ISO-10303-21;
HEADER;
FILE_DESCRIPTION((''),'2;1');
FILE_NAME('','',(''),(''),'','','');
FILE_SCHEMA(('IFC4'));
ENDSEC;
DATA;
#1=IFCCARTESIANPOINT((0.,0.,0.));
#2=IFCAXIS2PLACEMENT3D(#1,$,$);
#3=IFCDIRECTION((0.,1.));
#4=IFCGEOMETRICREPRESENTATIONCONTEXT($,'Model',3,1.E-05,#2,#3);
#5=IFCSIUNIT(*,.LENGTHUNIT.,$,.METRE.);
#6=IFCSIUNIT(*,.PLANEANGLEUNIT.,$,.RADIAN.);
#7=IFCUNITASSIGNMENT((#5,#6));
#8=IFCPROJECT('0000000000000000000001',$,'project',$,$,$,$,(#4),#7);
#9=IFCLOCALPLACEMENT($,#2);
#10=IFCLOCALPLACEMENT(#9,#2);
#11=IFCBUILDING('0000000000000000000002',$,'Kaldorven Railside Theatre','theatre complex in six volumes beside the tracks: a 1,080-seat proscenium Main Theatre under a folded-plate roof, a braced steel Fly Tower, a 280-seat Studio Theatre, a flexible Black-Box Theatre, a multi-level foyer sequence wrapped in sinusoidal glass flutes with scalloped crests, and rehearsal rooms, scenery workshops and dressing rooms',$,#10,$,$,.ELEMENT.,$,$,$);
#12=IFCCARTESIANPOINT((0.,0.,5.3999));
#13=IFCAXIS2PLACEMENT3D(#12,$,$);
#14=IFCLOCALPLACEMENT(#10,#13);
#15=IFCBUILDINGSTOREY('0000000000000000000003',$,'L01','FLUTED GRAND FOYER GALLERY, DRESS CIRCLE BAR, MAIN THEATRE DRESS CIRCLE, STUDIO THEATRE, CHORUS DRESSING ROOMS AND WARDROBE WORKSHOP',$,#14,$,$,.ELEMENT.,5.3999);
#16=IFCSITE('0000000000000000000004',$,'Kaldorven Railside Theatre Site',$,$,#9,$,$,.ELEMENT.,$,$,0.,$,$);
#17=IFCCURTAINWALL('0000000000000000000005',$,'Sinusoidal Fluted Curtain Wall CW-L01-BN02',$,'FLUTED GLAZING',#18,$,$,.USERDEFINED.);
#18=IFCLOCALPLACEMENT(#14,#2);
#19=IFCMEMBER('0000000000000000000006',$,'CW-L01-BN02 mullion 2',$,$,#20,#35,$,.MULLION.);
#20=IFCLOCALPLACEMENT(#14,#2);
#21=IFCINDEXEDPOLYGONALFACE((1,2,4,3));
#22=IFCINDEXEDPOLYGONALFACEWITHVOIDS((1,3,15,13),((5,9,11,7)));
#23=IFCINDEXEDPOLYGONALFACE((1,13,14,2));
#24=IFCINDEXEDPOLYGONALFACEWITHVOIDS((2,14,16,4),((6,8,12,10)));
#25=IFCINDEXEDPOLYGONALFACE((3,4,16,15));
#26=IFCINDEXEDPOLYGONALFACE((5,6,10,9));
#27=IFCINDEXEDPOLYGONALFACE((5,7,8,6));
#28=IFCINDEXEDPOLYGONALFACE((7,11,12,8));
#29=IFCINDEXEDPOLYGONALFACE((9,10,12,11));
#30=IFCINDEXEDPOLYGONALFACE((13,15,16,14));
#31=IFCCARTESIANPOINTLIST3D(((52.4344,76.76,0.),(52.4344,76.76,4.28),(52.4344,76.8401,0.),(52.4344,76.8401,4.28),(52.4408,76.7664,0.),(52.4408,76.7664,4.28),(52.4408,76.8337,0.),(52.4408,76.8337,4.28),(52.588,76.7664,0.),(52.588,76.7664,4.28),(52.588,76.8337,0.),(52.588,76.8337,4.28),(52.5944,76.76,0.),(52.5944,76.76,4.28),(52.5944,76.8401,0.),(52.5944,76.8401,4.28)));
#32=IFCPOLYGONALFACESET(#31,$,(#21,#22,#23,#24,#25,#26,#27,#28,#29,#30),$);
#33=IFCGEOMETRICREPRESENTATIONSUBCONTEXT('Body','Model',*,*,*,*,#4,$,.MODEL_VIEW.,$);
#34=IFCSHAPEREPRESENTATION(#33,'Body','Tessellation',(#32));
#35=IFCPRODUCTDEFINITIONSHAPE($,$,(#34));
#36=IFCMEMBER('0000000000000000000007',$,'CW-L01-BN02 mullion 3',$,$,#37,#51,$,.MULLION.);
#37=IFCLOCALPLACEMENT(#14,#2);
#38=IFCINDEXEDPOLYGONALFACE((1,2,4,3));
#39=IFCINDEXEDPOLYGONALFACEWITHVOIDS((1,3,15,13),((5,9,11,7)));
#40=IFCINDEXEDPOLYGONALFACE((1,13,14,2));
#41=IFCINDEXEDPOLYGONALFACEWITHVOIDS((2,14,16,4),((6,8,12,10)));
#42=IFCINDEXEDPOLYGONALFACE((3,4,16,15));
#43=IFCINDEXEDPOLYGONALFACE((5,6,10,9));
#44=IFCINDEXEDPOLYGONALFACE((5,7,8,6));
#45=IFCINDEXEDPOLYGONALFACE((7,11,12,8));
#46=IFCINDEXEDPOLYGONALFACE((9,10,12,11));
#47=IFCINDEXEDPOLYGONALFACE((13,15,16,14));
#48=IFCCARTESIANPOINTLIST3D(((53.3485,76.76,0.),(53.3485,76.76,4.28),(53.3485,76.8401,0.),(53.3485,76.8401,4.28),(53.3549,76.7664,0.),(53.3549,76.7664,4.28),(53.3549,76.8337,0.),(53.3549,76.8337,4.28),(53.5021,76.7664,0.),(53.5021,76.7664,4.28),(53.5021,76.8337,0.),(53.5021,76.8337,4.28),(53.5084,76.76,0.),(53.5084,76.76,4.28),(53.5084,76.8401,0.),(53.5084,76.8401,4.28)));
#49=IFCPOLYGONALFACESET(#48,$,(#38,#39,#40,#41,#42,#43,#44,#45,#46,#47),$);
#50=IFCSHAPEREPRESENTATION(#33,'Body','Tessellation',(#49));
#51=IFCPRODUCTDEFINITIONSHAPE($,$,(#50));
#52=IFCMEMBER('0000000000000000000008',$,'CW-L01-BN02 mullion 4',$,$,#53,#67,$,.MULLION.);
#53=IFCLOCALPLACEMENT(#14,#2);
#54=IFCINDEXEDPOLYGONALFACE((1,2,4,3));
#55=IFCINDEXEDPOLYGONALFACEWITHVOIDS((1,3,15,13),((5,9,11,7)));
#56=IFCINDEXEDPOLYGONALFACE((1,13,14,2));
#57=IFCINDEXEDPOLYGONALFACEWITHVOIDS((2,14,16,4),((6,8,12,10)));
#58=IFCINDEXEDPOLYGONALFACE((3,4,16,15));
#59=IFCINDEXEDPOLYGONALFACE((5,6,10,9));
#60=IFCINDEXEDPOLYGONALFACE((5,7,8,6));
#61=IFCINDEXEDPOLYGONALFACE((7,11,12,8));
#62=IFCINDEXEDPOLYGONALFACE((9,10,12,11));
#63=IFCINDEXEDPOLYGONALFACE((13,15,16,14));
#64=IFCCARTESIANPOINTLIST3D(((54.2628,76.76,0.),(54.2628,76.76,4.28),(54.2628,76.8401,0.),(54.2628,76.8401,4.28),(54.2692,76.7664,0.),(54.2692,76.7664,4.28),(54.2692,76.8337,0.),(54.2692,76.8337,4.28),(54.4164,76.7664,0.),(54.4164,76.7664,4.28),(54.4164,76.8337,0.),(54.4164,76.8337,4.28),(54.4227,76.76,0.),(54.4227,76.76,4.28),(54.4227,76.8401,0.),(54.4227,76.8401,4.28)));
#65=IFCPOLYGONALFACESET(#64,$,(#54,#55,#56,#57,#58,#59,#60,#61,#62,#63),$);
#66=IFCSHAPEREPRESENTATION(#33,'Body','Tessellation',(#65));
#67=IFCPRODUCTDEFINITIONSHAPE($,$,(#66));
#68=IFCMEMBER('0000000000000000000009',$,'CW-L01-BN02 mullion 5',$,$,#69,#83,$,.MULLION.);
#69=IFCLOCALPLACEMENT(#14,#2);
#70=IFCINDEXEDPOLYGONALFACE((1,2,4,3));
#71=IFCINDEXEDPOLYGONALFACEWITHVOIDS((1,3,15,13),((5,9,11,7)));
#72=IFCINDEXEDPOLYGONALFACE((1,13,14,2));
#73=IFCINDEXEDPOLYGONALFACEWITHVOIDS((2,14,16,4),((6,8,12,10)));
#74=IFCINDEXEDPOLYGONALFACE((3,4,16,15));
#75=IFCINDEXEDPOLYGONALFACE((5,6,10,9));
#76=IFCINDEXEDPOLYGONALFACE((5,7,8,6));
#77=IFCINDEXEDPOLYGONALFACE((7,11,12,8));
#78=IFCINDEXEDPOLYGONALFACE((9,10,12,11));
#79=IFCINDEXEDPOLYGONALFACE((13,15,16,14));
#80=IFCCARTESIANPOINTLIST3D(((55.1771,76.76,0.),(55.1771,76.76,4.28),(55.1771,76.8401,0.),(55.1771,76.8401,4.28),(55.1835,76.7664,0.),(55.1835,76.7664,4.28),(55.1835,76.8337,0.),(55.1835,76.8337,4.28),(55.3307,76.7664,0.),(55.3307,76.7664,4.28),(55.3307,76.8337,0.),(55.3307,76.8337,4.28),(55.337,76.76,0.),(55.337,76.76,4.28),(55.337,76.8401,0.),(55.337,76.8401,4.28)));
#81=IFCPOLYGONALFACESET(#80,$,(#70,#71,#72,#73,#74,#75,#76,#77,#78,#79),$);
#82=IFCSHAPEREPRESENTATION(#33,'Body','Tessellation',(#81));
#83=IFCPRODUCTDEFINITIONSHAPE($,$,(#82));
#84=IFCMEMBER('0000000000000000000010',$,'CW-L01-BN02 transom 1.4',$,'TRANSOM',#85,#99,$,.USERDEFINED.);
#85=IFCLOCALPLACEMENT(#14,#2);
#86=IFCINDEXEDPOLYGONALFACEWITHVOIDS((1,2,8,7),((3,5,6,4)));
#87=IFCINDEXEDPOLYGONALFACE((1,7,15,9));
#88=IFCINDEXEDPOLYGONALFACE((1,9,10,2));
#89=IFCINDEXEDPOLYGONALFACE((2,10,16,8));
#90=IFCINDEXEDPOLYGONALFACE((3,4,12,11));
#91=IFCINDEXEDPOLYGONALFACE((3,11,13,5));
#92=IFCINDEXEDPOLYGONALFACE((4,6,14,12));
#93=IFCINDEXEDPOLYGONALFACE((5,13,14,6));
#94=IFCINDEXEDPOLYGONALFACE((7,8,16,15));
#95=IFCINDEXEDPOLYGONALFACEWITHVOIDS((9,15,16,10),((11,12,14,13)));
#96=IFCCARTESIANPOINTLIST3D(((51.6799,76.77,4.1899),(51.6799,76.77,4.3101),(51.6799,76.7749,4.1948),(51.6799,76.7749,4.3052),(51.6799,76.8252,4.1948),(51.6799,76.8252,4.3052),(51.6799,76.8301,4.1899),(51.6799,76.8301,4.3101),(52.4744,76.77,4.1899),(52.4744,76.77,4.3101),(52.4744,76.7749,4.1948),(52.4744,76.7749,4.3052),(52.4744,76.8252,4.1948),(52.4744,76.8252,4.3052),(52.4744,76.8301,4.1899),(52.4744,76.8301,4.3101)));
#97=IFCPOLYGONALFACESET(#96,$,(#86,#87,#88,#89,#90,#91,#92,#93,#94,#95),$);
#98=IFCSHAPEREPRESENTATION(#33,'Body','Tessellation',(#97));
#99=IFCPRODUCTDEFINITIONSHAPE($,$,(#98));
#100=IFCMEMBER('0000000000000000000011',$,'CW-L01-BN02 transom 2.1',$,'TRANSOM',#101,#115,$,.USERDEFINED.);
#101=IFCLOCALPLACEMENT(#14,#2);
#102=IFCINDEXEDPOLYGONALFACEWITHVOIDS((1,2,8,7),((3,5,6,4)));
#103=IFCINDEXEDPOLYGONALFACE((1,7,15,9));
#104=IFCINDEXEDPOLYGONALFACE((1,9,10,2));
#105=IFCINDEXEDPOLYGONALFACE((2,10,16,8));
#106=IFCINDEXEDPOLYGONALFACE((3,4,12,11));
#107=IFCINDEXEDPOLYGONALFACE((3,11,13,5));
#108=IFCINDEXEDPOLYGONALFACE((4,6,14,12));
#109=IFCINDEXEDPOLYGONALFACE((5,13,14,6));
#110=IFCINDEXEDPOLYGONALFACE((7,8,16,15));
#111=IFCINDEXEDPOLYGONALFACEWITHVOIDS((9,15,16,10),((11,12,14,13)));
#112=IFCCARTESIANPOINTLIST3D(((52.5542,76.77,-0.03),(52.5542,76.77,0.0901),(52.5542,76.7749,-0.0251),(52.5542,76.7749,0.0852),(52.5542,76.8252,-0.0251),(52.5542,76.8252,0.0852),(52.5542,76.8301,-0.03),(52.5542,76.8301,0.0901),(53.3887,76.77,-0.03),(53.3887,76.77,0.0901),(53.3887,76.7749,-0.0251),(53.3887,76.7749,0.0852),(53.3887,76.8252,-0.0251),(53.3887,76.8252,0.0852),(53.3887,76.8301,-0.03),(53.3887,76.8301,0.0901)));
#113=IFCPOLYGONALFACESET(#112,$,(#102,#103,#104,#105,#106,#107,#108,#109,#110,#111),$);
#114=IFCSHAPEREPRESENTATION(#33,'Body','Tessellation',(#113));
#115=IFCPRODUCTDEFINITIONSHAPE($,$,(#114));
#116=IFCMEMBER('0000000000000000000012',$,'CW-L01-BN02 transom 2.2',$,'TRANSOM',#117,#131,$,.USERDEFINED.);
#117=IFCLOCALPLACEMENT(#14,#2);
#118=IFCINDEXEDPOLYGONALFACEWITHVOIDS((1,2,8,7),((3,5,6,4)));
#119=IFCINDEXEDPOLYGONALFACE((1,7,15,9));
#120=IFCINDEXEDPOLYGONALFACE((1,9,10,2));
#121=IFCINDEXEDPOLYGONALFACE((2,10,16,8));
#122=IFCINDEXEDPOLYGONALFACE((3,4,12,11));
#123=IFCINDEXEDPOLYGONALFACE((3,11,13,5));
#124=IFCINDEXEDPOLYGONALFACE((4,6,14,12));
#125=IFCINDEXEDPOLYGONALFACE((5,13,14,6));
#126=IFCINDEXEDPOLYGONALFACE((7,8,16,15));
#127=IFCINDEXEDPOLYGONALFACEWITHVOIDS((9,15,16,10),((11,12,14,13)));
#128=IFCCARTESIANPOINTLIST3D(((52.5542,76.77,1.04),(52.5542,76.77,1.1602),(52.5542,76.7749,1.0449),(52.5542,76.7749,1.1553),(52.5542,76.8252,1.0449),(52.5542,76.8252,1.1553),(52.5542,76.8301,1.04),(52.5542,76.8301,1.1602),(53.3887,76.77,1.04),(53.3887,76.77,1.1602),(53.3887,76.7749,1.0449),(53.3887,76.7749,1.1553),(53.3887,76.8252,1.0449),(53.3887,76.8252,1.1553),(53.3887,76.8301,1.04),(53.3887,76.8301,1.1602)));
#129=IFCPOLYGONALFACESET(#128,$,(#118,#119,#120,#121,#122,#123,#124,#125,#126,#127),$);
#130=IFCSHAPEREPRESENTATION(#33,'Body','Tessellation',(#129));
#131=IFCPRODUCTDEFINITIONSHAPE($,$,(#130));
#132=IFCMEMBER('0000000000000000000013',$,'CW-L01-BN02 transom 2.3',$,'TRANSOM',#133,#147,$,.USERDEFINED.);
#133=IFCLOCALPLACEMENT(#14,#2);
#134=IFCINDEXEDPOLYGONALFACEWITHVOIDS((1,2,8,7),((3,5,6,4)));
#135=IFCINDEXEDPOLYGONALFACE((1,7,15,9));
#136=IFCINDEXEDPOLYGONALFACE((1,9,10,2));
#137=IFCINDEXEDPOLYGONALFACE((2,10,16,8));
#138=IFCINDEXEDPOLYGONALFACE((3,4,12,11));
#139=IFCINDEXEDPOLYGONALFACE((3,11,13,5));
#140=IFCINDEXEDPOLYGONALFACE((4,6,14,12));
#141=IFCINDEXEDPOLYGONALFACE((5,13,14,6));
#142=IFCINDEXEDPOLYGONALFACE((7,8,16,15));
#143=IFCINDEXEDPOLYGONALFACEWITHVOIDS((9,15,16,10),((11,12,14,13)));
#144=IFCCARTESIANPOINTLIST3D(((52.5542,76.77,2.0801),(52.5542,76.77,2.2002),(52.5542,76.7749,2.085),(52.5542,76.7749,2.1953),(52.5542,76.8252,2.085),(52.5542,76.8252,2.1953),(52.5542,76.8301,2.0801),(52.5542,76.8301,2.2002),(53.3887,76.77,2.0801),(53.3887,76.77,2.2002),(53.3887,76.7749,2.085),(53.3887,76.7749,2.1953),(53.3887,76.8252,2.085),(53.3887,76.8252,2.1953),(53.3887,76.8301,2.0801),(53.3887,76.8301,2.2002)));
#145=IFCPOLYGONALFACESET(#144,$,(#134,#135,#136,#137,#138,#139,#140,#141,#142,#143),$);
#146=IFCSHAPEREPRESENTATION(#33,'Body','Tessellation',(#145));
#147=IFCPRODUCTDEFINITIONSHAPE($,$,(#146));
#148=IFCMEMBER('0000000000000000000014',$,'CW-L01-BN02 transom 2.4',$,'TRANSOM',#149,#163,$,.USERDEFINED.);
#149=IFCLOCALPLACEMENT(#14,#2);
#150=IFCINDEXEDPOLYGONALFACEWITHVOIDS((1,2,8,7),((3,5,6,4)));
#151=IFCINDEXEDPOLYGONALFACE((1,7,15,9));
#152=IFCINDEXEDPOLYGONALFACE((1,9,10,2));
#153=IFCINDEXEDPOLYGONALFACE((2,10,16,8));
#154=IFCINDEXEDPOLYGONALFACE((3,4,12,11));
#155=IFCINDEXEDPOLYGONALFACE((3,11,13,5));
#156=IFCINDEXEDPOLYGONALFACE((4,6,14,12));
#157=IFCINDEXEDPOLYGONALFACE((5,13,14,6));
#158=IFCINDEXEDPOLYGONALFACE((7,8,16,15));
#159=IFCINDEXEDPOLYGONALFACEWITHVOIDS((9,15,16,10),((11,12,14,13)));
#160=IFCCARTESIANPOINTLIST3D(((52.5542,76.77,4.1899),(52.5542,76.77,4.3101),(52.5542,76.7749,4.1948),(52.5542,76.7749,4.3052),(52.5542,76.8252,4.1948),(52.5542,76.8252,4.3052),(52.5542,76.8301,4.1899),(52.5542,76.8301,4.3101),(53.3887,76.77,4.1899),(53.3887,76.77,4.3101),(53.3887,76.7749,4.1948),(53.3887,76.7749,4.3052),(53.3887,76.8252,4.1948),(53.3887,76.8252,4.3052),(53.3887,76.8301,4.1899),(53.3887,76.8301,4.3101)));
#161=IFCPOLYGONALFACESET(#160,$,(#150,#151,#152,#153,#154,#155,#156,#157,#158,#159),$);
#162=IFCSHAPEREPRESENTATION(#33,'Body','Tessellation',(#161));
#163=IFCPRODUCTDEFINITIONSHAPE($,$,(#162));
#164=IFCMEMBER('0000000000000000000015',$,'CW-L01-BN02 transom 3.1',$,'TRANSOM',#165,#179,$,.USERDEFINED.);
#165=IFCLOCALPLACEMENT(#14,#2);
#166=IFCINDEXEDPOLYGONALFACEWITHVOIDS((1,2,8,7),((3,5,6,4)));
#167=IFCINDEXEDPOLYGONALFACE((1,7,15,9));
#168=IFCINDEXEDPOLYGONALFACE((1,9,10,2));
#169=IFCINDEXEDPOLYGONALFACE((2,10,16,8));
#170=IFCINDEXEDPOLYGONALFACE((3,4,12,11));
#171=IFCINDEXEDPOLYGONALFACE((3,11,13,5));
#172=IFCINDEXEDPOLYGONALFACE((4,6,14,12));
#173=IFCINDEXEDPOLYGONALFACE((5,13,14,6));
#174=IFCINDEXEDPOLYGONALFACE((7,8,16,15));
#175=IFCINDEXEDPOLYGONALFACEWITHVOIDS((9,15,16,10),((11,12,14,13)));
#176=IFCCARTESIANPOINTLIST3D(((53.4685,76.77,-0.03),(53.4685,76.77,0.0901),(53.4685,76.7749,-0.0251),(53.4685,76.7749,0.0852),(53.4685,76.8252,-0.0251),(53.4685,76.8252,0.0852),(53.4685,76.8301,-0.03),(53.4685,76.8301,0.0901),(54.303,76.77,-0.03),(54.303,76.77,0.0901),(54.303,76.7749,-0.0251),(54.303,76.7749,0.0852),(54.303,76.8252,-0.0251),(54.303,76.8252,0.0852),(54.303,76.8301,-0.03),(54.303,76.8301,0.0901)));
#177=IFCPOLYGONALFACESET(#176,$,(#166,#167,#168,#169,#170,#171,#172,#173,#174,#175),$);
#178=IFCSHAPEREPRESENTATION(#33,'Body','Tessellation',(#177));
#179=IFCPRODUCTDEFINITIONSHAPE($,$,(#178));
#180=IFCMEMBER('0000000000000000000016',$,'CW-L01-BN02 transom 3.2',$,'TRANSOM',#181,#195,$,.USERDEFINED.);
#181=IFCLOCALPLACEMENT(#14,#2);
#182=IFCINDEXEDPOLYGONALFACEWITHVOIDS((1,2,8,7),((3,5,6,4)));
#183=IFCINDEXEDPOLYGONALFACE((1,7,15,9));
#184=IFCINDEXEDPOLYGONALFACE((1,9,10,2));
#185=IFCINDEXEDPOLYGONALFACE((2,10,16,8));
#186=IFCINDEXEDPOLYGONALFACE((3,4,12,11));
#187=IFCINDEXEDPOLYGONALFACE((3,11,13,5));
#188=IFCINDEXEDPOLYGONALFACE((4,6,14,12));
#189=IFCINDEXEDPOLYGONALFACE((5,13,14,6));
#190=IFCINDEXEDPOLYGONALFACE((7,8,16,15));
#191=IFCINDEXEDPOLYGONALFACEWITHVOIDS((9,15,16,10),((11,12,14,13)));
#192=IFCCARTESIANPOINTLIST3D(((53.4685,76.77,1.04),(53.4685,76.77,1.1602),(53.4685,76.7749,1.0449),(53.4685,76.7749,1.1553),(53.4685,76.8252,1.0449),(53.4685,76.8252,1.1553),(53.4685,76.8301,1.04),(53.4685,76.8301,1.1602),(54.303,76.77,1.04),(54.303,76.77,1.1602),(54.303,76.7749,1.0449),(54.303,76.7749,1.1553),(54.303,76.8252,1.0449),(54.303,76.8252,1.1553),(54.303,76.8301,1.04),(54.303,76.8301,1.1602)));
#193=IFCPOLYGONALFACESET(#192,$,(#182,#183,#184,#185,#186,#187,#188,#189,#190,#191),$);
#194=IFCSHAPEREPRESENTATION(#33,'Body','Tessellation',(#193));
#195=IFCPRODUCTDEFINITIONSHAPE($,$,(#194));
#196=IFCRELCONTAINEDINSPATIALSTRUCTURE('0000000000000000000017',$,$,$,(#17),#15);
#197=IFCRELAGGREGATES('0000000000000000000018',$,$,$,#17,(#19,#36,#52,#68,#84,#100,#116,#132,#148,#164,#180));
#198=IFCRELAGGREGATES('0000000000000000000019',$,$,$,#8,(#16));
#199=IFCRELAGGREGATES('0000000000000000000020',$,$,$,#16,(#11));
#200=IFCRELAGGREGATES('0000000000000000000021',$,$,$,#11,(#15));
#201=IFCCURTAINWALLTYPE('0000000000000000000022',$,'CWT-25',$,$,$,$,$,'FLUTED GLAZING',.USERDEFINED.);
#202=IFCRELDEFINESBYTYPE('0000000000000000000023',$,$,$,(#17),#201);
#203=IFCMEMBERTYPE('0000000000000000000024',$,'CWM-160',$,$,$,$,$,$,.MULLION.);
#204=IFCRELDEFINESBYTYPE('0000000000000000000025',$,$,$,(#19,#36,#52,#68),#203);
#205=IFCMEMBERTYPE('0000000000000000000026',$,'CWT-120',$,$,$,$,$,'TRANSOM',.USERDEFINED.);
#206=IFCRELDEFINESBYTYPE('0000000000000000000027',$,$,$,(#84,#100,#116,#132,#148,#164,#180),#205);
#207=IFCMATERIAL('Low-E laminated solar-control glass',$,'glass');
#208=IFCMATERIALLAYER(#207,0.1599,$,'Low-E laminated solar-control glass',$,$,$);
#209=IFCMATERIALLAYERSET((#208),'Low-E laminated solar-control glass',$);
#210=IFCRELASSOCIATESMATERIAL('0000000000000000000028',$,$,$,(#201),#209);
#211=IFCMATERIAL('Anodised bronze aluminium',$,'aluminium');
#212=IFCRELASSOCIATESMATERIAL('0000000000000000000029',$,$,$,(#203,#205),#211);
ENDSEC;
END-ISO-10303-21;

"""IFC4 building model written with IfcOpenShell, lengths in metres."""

from ifc_helpers import new_model, si_unit, direction, frame, origin, origin_2d, place, context, subcontext, project, spatial, hollow_rectangle, extrude, material, layer, layer_set, material_profile, profile_set, type_object, element, aggregate, save


model = new_model("IFC4")

# Units and contexts
model_context = context("Model", 3, precision=1e-05, world=origin(), true_north=direction((0.0, 1.0)))
body_context = subcontext(model_context, "Body", "Model", "MODEL_VIEW")
ifc_project = project(units=[si_unit("LENGTHUNIT", "METRE"), si_unit("PLANEANGLEUNIT", "RADIAN")], contexts=[model_context])

# Site, building, storey
site_placement = place(None, origin())
site = spatial("IfcSite", under=ifc_project, at=site_placement, Name="Kaldorven Railside Theatre Site", CompositionType="ELEMENT", RefElevation=0.0)
building_placement = place(site_placement, origin())
building = spatial("IfcBuilding", under=site, at=building_placement, Name="Kaldorven Railside Theatre", Description="theatre complex in six volumes beside the tracks: a 1,080-seat proscenium Main Theatre under a folded-plate roof, a braced steel Fly Tower, a 280-seat Studio Theatre, a flexible Black-Box Theatre, a multi-level foyer sequence wrapped in sinusoidal glass flutes with scalloped crests, and rehearsal rooms, scenery workshops and dressing rooms", CompositionType="ELEMENT")
storey_placement = place(building_placement, frame((0.0, 0.0, 5.3999)))
storey = spatial("IfcBuildingStorey", under=building, at=storey_placement, Name="L01", Description="FLUTED GRAND FOYER GALLERY, DRESS CIRCLE BAR, MAIN THEATRE DRESS CIRCLE, STUDIO THEATRE, CHORUS DRESSING ROOMS AND WARDROBE WORKSHOP", CompositionType="ELEMENT", Elevation=5.3999)

# Curtain wall, members
ifc_material_1 = material(Name="Low-E laminated solar-control glass", Category="glass")
ifc_layer_1 = layer(ifc_material_1, 0.1599, Name="Low-E laminated solar-control glass")
ifc_layer_set_1 = layer_set([ifc_layer_1], Name="Low-E laminated solar-control glass")
curtain_wall_type = type_object("IfcCurtainWallType", Name="CWT-25", ElementType="FLUTED GLAZING", PredefinedType="USERDEFINED", material=ifc_layer_set_1)
curtain_wall_placement = place(storey_placement, origin())
curtain_wall = element("IfcCurtainWall", 1, at=curtain_wall_placement, inside=storey, type_object=curtain_wall_type, Name="Sinusoidal Fluted Curtain Wall CW-L01-BN02", ObjectType="FLUTED GLAZING", PredefinedType="USERDEFINED")
ifc_material_2 = material(Name="Anodised bronze aluminium", Category="aluminium")
ifc_material_profile_1 = material_profile(ifc_material_2, hollow_rectangle(XDim=0.0801, YDim=0.1599, WallThickness=0.0063, at=origin_2d()), Name="RHS 160x80x6.3")
ifc_profile_set_1 = profile_set([ifc_material_profile_1], Name="Anodised bronze aluminium")
member_type_1 = type_object("IfcMemberType", Name="CWM-160", PredefinedType="MULLION", material=ifc_profile_set_1)
member_1_placement = place(storey_placement, frame((52.5144, 76.8, 0.0), z_axis=(0.0, 0.0, 1.0), x_axis=(0.0, 1.0, 0.0)))
member_1 = element("IfcMember", 2, at=member_1_placement, type_object=member_type_1, Name="CW-L01-BN02 mullion 2", PredefinedType="MULLION", context=body_context, shape_type="SweptSolid", body=[
    extrude(hollow_rectangle(XDim=0.0801, YDim=0.1599, WallThickness=0.0063, at=origin_2d()), origin(), (0.0, 0.0, 1.0), 4.28),
])
member_2_placement = place(storey_placement, frame((53.4285, 76.8, 0.0), z_axis=(0.0, 0.0, 1.0), x_axis=(0.0, 1.0, 0.0)))
member_2 = element("IfcMember", 3, at=member_2_placement, type_object=member_type_1, Name="CW-L01-BN02 mullion 3", PredefinedType="MULLION", context=body_context, shape_type="SweptSolid", body=[
    extrude(hollow_rectangle(XDim=0.0801, YDim=0.1599, WallThickness=0.0063, at=origin_2d()), origin(), (0.0, 0.0, 1.0), 4.28),
])
member_3_placement = place(storey_placement, frame((54.3428, 76.8, 0.0), z_axis=(0.0, 0.0, 1.0), x_axis=(0.0, 1.0, 0.0)))
member_3 = element("IfcMember", 4, at=member_3_placement, type_object=member_type_1, Name="CW-L01-BN02 mullion 4", PredefinedType="MULLION", context=body_context, shape_type="SweptSolid", body=[
    extrude(hollow_rectangle(XDim=0.0801, YDim=0.1599, WallThickness=0.0063, at=origin_2d()), origin(), (0.0, 0.0, 1.0), 4.28),
])
member_4_placement = place(storey_placement, frame((55.2571, 76.8, 0.0), z_axis=(0.0, 0.0, 1.0), x_axis=(0.0, 1.0, 0.0)))
member_4 = element("IfcMember", 5, at=member_4_placement, type_object=member_type_1, Name="CW-L01-BN02 mullion 5", PredefinedType="MULLION", context=body_context, shape_type="SweptSolid", body=[
    extrude(hollow_rectangle(XDim=0.0801, YDim=0.1599, WallThickness=0.0063, at=origin_2d()), origin(), (0.0, 0.0, 1.0), 4.28),
])
ifc_material_profile_2 = material_profile(ifc_material_2, hollow_rectangle(XDim=0.0601, YDim=0.1201, WallThickness=0.0049, at=origin_2d()), Name="RHS 120x60x5")
ifc_profile_set_2 = profile_set([ifc_material_profile_2], Name="Anodised bronze aluminium")
member_type_2 = type_object("IfcMemberType", Name="CWT-120", ElementType="TRANSOM", PredefinedType="USERDEFINED", material=ifc_profile_set_2)
member_5_placement = place(storey_placement, frame((51.6799, 76.8, 4.25), z_axis=(1.0, 0.0, 0.0), x_axis=(0.0, 1.0, 0.0)))
member_5 = element("IfcMember", 6, at=member_5_placement, type_object=member_type_2, Name="CW-L01-BN02 transom 1.4", ObjectType="TRANSOM", PredefinedType="USERDEFINED", context=body_context, shape_type="SweptSolid", body=[
    extrude(hollow_rectangle(XDim=0.0601, YDim=0.1201, WallThickness=0.0049, at=origin_2d()), origin(), (0.0, 0.0, 1.0), 0.7944),
])
member_6_placement = place(storey_placement, frame((52.5542, 76.8, 0.03), z_axis=(1.0, 0.0, 0.0), x_axis=(0.0, 1.0, 0.0)))
member_6 = element("IfcMember", 7, at=member_6_placement, type_object=member_type_2, Name="CW-L01-BN02 transom 2.1", ObjectType="TRANSOM", PredefinedType="USERDEFINED", context=body_context, shape_type="SweptSolid", body=[
    extrude(hollow_rectangle(XDim=0.0601, YDim=0.1201, WallThickness=0.0049, at=origin_2d()), origin(), (0.0, 0.0, 1.0), 0.8345),
])
member_7_placement = place(storey_placement, frame((52.5542, 76.8, 1.1001), z_axis=(1.0, 0.0, 0.0), x_axis=(0.0, 1.0, 0.0)))
member_7 = element("IfcMember", 8, at=member_7_placement, type_object=member_type_2, Name="CW-L01-BN02 transom 2.2", ObjectType="TRANSOM", PredefinedType="USERDEFINED", context=body_context, shape_type="SweptSolid", body=[
    extrude(hollow_rectangle(XDim=0.0601, YDim=0.1201, WallThickness=0.0049, at=origin_2d()), origin(), (0.0, 0.0, 1.0), 0.8345),
])
member_8_placement = place(storey_placement, frame((52.5542, 76.8, 2.1401), z_axis=(1.0, 0.0, 0.0), x_axis=(0.0, 1.0, 0.0)))
member_8 = element("IfcMember", 9, at=member_8_placement, type_object=member_type_2, Name="CW-L01-BN02 transom 2.3", ObjectType="TRANSOM", PredefinedType="USERDEFINED", context=body_context, shape_type="SweptSolid", body=[
    extrude(hollow_rectangle(XDim=0.0601, YDim=0.1201, WallThickness=0.0049, at=origin_2d()), origin(), (0.0, 0.0, 1.0), 0.8345),
])
member_9_placement = place(storey_placement, frame((52.5542, 76.8, 4.25), z_axis=(1.0, 0.0, 0.0), x_axis=(0.0, 1.0, 0.0)))
member_9 = element("IfcMember", 10, at=member_9_placement, type_object=member_type_2, Name="CW-L01-BN02 transom 2.4", ObjectType="TRANSOM", PredefinedType="USERDEFINED", context=body_context, shape_type="SweptSolid", body=[
    extrude(hollow_rectangle(XDim=0.0601, YDim=0.1201, WallThickness=0.0049, at=origin_2d()), origin(), (0.0, 0.0, 1.0), 0.8345),
])
member_10_placement = place(storey_placement, frame((53.4685, 76.8, 0.03), z_axis=(1.0, 0.0, 0.0), x_axis=(0.0, 1.0, 0.0)))
member_10 = element("IfcMember", 11, at=member_10_placement, type_object=member_type_2, Name="CW-L01-BN02 transom 3.1", ObjectType="TRANSOM", PredefinedType="USERDEFINED", context=body_context, shape_type="SweptSolid", body=[
    extrude(hollow_rectangle(XDim=0.0601, YDim=0.1201, WallThickness=0.0049, at=origin_2d()), origin(), (0.0, 0.0, 1.0), 0.8345),
])
member_11_placement = place(storey_placement, frame((53.4685, 76.8, 1.1001), z_axis=(1.0, 0.0, 0.0), x_axis=(0.0, 1.0, 0.0)))
member_11 = element("IfcMember", 12, at=member_11_placement, type_object=member_type_2, Name="CW-L01-BN02 transom 3.2", ObjectType="TRANSOM", PredefinedType="USERDEFINED", context=body_context, shape_type="SweptSolid", body=[
    extrude(hollow_rectangle(XDim=0.0601, YDim=0.1201, WallThickness=0.0049, at=origin_2d()), origin(), (0.0, 0.0, 1.0), 0.8345),
])
aggregate(curtain_wall, [member_1, member_2, member_3, member_4, member_5, member_6, member_7, member_8, member_9, member_10, member_11])

save(model, "model.ifc")
